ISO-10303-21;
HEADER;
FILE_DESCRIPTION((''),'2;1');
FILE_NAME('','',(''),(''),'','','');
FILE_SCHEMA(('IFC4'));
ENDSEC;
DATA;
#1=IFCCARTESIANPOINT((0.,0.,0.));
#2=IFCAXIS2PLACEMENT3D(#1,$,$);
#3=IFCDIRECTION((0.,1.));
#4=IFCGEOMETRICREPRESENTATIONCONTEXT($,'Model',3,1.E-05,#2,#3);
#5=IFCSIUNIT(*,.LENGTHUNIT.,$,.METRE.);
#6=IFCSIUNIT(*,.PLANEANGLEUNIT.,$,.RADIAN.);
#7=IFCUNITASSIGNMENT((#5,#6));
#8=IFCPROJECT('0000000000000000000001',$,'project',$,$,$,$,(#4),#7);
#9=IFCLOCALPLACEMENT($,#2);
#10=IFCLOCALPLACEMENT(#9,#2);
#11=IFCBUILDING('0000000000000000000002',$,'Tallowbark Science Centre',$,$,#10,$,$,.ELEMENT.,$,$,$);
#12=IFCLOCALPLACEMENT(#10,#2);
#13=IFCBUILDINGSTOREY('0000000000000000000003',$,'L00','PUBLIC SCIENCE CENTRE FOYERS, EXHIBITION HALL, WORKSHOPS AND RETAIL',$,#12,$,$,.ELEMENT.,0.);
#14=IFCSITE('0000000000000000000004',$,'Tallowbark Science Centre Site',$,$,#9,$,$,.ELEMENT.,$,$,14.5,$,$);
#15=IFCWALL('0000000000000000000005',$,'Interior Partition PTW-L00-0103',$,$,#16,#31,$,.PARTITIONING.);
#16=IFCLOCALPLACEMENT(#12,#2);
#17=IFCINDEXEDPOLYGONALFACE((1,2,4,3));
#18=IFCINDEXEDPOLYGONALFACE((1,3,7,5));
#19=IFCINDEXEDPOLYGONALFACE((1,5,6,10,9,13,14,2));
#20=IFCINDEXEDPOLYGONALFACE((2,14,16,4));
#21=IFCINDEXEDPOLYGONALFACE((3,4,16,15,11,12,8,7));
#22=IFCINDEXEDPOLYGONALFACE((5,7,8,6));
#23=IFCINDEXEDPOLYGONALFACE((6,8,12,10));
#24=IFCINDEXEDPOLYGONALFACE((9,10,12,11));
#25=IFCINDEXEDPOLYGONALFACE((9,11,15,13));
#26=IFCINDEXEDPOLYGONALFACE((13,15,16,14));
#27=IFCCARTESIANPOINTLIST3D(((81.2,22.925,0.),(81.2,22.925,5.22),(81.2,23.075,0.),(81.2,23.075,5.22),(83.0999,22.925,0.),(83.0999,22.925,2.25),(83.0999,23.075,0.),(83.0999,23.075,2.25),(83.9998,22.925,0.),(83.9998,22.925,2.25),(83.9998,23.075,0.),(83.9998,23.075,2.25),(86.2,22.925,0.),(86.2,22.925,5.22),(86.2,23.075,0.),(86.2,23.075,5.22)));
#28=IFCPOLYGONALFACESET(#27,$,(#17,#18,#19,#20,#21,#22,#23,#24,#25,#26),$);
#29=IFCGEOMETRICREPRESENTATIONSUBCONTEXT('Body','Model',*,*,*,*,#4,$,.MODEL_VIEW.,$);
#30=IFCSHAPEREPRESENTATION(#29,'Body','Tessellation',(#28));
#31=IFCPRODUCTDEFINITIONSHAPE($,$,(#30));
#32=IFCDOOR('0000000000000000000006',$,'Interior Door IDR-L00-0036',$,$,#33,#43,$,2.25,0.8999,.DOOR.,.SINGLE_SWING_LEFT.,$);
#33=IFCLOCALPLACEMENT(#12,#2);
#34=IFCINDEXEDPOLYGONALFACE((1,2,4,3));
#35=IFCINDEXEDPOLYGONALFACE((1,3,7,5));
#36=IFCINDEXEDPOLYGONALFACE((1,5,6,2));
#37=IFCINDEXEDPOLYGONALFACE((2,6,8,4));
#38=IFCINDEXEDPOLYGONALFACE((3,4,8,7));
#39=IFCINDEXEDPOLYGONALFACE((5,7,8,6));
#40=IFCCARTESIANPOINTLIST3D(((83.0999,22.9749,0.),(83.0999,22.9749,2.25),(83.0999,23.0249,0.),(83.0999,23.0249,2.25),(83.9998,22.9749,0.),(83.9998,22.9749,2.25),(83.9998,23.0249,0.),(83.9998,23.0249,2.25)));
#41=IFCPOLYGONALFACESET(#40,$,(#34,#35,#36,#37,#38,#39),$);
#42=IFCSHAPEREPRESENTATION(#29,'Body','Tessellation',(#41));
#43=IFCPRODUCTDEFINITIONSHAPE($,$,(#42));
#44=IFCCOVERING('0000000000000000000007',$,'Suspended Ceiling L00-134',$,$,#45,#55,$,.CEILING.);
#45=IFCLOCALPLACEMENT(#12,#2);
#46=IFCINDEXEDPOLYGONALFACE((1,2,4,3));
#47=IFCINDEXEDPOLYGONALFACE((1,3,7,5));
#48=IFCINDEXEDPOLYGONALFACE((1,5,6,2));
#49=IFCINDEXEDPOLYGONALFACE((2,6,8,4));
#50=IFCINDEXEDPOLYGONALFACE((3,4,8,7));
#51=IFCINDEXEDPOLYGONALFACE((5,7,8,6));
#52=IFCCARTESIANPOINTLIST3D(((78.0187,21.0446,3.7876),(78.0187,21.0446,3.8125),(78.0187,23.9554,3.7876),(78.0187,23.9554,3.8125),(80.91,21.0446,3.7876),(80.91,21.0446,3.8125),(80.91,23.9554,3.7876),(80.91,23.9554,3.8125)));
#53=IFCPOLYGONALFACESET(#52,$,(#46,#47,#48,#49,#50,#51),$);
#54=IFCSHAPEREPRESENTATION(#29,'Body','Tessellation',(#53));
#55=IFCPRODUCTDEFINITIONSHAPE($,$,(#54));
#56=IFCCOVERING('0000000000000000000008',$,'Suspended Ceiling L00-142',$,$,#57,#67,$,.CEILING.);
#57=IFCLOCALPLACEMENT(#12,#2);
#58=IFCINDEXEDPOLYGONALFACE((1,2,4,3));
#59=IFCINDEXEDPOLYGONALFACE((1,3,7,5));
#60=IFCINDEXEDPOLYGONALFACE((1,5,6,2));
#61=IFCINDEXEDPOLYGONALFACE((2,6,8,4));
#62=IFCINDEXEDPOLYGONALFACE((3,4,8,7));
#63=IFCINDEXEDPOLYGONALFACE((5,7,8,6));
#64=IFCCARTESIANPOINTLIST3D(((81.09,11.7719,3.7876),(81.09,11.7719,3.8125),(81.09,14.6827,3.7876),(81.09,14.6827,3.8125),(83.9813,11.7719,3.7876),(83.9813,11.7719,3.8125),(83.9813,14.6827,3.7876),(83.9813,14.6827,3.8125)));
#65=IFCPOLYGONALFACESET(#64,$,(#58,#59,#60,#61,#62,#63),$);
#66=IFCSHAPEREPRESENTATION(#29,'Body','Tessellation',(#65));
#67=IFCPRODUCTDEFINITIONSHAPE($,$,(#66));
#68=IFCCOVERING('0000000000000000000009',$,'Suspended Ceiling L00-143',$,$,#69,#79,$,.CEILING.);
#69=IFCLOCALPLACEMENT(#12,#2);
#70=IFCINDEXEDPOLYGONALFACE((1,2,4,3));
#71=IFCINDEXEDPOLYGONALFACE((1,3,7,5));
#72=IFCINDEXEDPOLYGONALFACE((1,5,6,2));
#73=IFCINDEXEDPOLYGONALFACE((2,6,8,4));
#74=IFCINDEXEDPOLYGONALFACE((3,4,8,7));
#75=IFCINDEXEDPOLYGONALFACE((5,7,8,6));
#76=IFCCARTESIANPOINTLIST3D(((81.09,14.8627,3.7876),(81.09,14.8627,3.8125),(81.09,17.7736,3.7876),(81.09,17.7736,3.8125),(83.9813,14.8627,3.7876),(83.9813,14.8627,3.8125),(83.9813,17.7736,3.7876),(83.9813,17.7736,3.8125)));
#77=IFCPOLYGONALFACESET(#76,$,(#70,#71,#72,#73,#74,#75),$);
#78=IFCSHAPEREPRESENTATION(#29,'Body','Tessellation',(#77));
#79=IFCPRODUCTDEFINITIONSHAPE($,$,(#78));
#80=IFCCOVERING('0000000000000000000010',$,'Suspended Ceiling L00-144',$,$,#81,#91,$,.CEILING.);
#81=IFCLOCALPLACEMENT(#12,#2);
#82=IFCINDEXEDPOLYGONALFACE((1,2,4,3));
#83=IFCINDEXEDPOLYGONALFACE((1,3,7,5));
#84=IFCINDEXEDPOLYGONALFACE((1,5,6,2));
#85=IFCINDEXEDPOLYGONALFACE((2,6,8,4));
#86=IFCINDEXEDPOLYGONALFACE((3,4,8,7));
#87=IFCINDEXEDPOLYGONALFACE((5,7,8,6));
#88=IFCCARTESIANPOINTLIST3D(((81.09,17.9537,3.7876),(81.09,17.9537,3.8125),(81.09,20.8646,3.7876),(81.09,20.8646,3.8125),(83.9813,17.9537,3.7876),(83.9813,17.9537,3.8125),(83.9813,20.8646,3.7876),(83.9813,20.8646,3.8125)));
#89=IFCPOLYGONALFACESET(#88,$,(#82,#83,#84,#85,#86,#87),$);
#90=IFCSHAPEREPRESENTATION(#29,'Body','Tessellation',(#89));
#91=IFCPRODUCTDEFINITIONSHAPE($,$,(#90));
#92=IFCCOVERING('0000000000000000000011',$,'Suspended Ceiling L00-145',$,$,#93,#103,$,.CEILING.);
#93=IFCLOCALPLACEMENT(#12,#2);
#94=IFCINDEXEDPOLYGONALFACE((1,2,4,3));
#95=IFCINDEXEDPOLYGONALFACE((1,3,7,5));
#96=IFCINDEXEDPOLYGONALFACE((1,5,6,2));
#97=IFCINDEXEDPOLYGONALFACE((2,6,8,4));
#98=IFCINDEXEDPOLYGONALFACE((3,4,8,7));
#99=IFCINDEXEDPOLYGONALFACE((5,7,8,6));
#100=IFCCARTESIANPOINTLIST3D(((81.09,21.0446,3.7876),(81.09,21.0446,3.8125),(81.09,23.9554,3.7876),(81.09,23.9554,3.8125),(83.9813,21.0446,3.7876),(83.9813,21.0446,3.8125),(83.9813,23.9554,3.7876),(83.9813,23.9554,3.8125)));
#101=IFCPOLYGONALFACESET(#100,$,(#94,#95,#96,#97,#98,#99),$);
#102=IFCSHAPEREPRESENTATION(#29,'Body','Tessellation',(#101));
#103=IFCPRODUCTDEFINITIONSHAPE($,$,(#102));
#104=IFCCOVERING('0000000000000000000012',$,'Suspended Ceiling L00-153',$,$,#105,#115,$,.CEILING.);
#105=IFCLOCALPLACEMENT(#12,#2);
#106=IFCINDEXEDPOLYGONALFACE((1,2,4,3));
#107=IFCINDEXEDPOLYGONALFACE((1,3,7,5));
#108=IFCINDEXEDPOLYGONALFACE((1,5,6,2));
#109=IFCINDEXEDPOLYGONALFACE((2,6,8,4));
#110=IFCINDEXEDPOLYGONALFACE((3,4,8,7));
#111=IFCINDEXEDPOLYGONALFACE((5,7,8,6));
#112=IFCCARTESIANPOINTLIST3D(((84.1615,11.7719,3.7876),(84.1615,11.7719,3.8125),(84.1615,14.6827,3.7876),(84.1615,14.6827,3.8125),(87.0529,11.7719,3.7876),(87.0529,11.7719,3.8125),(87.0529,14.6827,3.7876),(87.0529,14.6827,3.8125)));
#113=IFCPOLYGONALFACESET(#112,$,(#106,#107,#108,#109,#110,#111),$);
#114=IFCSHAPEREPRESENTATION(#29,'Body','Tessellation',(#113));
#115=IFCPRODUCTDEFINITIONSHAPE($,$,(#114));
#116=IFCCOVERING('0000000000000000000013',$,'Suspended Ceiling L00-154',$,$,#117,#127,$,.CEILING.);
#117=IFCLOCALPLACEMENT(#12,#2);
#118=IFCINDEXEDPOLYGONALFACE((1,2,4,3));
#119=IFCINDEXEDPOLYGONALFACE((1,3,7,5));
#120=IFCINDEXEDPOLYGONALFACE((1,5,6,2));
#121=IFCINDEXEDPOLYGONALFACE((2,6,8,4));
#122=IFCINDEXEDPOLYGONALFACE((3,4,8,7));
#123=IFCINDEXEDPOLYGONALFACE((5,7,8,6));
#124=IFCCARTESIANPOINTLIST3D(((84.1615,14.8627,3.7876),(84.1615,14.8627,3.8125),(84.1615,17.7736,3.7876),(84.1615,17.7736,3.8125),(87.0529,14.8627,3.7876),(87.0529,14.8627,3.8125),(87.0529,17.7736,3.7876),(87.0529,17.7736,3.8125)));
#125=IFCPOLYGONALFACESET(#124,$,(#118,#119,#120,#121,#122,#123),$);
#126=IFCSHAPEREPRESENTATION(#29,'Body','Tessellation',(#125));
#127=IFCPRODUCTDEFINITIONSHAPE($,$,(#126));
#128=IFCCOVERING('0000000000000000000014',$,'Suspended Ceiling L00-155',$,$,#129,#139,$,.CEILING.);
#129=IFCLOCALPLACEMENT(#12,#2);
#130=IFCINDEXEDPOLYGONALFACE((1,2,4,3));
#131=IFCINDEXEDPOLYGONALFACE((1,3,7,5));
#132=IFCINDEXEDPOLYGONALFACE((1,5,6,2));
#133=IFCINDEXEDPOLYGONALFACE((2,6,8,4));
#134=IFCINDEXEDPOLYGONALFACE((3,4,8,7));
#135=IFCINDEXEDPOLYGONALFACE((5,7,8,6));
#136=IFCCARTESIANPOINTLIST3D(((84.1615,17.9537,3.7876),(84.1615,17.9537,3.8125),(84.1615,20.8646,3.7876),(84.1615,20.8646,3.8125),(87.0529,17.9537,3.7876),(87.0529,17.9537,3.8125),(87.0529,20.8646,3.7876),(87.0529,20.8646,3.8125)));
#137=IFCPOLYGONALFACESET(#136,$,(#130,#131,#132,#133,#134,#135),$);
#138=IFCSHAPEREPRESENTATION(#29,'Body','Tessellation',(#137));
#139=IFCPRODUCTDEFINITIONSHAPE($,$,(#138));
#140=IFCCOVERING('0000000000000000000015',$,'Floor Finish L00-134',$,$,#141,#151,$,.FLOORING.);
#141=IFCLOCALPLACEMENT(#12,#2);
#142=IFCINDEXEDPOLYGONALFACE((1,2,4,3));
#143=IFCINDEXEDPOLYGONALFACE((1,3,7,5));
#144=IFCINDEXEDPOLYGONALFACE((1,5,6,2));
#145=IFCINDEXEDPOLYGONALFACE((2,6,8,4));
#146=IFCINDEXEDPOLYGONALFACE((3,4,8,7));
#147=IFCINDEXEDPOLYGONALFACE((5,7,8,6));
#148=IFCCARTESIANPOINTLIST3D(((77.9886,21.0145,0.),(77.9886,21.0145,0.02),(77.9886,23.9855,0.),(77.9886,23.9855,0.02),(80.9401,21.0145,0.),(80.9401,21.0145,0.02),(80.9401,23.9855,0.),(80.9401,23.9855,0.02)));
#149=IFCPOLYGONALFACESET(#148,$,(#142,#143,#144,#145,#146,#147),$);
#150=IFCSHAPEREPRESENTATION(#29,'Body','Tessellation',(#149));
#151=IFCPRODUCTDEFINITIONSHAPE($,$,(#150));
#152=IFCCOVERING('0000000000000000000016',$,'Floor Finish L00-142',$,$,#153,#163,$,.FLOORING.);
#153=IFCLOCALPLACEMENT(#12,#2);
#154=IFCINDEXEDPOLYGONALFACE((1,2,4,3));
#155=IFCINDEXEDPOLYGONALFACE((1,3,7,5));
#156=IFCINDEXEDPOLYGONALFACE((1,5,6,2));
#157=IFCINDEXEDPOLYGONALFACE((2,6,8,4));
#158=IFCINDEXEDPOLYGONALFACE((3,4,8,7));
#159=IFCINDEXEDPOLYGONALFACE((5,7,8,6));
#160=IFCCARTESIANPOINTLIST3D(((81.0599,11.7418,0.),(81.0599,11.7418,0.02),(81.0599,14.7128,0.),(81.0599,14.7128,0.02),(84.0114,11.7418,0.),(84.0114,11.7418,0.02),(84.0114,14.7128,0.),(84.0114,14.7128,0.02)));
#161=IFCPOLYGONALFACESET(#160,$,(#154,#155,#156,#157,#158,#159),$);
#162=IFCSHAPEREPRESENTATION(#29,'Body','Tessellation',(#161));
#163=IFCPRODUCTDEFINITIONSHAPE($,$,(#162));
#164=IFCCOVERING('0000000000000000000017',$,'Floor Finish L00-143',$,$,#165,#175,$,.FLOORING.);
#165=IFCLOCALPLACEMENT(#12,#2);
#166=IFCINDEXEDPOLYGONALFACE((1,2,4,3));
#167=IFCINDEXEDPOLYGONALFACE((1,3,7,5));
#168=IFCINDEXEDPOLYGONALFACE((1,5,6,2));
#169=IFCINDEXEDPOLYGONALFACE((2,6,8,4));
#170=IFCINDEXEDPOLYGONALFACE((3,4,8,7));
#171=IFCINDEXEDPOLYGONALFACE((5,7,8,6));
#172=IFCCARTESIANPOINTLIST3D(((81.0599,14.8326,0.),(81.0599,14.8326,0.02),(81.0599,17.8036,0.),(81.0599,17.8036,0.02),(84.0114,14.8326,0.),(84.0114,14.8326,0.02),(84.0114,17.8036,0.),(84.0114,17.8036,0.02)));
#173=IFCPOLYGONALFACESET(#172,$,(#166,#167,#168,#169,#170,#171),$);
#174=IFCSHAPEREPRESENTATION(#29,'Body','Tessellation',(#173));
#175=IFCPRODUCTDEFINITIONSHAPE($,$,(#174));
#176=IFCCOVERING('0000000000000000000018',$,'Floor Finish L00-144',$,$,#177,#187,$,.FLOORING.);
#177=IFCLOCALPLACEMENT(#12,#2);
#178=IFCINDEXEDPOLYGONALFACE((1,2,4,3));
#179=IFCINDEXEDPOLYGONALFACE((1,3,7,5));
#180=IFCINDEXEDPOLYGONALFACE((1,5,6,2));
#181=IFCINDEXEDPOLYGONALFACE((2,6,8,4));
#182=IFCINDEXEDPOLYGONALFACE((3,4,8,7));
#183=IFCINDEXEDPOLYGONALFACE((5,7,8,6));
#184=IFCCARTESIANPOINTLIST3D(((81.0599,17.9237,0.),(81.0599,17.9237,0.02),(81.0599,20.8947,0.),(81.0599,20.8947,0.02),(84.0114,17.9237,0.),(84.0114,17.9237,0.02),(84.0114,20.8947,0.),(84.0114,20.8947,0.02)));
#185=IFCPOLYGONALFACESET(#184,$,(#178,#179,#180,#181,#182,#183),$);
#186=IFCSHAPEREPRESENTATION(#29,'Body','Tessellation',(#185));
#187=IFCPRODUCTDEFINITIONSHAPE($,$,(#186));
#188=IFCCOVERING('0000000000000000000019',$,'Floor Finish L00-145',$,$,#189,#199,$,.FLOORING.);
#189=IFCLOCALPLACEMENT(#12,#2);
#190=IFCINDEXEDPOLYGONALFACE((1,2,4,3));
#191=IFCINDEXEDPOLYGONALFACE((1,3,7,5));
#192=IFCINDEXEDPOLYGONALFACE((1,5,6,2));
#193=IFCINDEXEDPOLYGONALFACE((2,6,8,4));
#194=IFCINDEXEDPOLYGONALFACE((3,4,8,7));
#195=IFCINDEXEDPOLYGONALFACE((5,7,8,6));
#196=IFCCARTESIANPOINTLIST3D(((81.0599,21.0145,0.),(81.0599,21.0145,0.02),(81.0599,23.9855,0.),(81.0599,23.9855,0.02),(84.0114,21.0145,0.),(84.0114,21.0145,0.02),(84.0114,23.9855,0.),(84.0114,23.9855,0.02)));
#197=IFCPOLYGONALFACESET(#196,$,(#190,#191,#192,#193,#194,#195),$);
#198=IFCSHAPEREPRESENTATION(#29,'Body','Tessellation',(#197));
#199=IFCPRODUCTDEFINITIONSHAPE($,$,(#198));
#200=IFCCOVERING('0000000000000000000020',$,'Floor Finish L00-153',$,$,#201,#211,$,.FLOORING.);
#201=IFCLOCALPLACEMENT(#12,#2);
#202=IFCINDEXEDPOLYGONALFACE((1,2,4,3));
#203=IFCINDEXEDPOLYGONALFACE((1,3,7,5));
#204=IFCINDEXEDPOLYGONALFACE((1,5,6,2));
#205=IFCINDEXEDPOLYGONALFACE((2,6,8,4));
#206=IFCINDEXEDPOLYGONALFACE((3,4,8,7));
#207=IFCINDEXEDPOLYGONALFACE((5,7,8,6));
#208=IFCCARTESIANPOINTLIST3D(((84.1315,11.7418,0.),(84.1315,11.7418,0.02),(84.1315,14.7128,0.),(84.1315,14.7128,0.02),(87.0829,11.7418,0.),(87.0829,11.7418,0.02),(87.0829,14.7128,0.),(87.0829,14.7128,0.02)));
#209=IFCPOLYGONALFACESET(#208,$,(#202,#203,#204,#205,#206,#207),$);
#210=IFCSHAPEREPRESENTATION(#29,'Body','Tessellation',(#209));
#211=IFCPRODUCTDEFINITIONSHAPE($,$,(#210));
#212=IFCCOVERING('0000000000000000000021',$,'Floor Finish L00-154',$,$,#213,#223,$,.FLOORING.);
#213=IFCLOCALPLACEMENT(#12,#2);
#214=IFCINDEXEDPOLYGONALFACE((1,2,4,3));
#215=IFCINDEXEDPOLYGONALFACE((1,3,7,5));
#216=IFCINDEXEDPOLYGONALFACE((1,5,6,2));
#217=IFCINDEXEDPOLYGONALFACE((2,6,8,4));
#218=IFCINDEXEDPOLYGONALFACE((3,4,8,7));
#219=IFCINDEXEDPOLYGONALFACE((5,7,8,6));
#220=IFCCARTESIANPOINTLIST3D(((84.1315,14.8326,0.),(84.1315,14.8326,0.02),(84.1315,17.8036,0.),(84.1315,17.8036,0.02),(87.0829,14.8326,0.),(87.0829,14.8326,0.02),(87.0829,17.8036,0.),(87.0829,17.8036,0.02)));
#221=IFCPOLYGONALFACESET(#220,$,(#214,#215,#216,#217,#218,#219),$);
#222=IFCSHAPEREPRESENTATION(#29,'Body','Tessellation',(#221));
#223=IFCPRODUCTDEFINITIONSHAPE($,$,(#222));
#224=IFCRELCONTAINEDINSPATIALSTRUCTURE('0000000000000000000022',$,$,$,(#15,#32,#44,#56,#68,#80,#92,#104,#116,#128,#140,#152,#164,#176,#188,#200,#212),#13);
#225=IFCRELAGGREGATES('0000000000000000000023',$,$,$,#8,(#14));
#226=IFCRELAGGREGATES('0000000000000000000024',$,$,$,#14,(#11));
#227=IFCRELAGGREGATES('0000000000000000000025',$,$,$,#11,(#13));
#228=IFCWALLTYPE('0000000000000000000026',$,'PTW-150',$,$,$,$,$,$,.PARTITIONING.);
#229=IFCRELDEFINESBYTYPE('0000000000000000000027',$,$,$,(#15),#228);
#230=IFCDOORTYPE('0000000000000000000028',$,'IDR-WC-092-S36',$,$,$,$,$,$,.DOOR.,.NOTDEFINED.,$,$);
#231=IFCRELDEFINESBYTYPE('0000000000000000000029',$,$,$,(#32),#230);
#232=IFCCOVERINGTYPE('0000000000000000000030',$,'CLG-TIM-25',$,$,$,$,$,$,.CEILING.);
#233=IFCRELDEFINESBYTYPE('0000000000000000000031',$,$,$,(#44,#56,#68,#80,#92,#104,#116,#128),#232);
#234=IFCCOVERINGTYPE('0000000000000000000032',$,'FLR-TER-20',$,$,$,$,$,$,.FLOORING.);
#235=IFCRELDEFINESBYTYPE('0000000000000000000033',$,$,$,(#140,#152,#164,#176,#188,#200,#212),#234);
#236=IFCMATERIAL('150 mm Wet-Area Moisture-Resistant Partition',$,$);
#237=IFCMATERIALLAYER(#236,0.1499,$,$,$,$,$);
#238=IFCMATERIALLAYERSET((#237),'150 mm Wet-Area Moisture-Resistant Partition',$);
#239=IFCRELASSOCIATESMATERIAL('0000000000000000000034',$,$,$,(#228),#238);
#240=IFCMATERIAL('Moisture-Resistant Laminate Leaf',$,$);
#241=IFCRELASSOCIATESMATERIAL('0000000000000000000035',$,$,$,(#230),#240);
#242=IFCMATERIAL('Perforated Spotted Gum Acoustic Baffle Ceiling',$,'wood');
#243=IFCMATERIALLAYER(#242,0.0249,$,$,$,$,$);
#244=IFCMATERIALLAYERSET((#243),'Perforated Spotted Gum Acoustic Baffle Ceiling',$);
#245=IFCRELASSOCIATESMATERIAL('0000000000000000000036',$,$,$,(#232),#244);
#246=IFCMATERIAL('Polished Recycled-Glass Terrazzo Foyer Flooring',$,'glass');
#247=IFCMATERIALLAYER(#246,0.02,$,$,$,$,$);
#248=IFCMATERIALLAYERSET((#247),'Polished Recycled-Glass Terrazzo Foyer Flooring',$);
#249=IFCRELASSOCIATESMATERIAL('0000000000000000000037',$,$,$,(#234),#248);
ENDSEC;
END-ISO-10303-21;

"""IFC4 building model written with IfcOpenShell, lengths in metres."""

from ifc_helpers import new_model, si_unit, direction, frame, frame_2d, origin, origin_2d, place, context, subcontext, project, spatial, rectangle, extrude, material, layer, layer_set, type_object, element, fill, save


model = new_model("IFC4")

# Units and contexts
model_context = context("Model", 3, precision=1e-05, world=origin(), true_north=direction((0.0, 1.0)))
body_context = subcontext(model_context, "Body", "Model", "MODEL_VIEW")
ifc_project = project(units=[si_unit("LENGTHUNIT", "METRE"), si_unit("PLANEANGLEUNIT", "RADIAN")], contexts=[model_context])

# Site, building, storey
site_placement = place(None, origin())
site = spatial("IfcSite", under=ifc_project, at=site_placement, Name="Tallowbark Science Centre Site", CompositionType="ELEMENT", RefElevation=14.5)
building_placement = place(site_placement, origin())
building = spatial("IfcBuilding", under=site, at=building_placement, Name="Tallowbark Science Centre", CompositionType="ELEMENT")
storey_placement = place(building_placement, origin())
storey = spatial("IfcBuildingStorey", under=building, at=storey_placement, Name="L00", Description="PUBLIC SCIENCE CENTRE FOYERS, EXHIBITION HALL, WORKSHOPS AND RETAIL", CompositionType="ELEMENT", Elevation=0.0)

# Wall, opening, door
ifc_material_1 = material(Name="150 mm Wet-Area Moisture-Resistant Partition")
ifc_layer_1 = layer(ifc_material_1, 0.1499)
ifc_layer_set_1 = layer_set([ifc_layer_1], Name="150 mm Wet-Area Moisture-Resistant Partition")
wall_type = type_object("IfcWallType", Name="PTW-150", PredefinedType="PARTITIONING", material=ifc_layer_set_1)
wall_placement = place(storey_placement, frame((81.2, 23.0, 0.0), z_axis=(0.0, 0.0, 1.0), x_axis=(1.0, 0.0, 0.0)))
wall = element("IfcWall", 1, at=wall_placement, inside=storey, type_object=wall_type, Name="Interior Partition PTW-L00-0103", PredefinedType="PARTITIONING", context=body_context, shape_type="SweptSolid", body=[
    extrude(rectangle(XDim=5.0, YDim=0.1499, at=frame_2d((2.5, 0.0))), origin(), (0.0, 0.0, 1.0), 5.22),
])
opening_placement = place(wall_placement, frame((1.8999, 0.0, 0.0)))
opening = element("IfcOpeningElement", 2, at=opening_placement, cuts=wall, PredefinedType="OPENING", context=body_context, shape_type="SweptSolid", body=[
    extrude(rectangle(XDim=0.8999, YDim=2.25, at=frame_2d((0.45, 1.125))), frame((0.0, 0.085, 0.0), z_axis=(0.0, -1.0, 0.0), x_axis=(1.0, 0.0, 0.0)), (0.0, 0.0, 1.0), 0.1699),
])
ifc_material_2 = material(Name="Moisture-Resistant Laminate Leaf")
door_type = type_object("IfcDoorType", Name="IDR-WC-092-S36", OperationType="NOTDEFINED", PredefinedType="DOOR", material=ifc_material_2)
door_placement = place(opening_placement, origin())
door = element("IfcDoor", 3, at=door_placement, inside=storey, type_object=door_type, Name="Interior Door IDR-L00-0036", OperationType="SINGLE_SWING_LEFT", OverallHeight=2.25, OverallWidth=0.8999, PredefinedType="DOOR", context=body_context, shape_type="SweptSolid", body=[
    extrude(rectangle(XDim=0.8999, YDim=2.25, at=frame_2d((0.45, 1.125))), frame((0.0, 0.0249, 0.0), z_axis=(0.0, -1.0, 0.0), x_axis=(1.0, 0.0, 0.0)), (0.0, 0.0, 1.0), 0.05),
])
fill(opening, door)

# Coverings
ifc_material_3 = material(Name="Perforated Spotted Gum Acoustic Baffle Ceiling", Category="wood")
ifc_layer_2 = layer(ifc_material_3, 0.0249)
ifc_layer_set_2 = layer_set([ifc_layer_2], Name="Perforated Spotted Gum Acoustic Baffle Ceiling")
covering_type_1 = type_object("IfcCoveringType", Name="CLG-TIM-25", PredefinedType="CEILING", material=ifc_layer_set_2)
for number, where, z_axis, x_axis, name in (
    (4, (79.4644, 22.5, 3.7876), (0.0, 0.0, 1.0), (1.0, 0.0, 0.0), "Suspended Ceiling L00-134"),
    (5, (82.5356, 13.2273, 3.7876), (0.0, 0.0, 1.0), (1.0, 0.0, 0.0), "Suspended Ceiling L00-142"),
    (6, (82.5356, 16.3181, 3.7876), (0.0, 0.0, 1.0), (1.0, 0.0, 0.0), "Suspended Ceiling L00-143"),
    (7, (82.5356, 19.4092, 3.7876), (0.0, 0.0, 1.0), (1.0, 0.0, 0.0), "Suspended Ceiling L00-144"),
    (8, (82.5356, 22.5, 3.7876), (0.0, 0.0, 1.0), (1.0, 0.0, 0.0), "Suspended Ceiling L00-145"),
    (9, (85.6072, 13.2273, 3.7876), (0.0, 0.0, 1.0), (1.0, 0.0, 0.0), "Suspended Ceiling L00-153"),
    (10, (85.6072, 16.3181, 3.7876), (0.0, 0.0, 1.0), (1.0, 0.0, 0.0), "Suspended Ceiling L00-154"),
    (11, (85.6072, 19.4092, 3.7876), (0.0, 0.0, 1.0), (1.0, 0.0, 0.0), "Suspended Ceiling L00-155"),
):
    element("IfcCovering", number, at=place(storey_placement, frame(where, z_axis=z_axis, x_axis=x_axis)), inside=storey, type_object=covering_type_1, Name=name, PredefinedType="CEILING", context=body_context, shape_type="SweptSolid", body=[
        extrude(rectangle(XDim=2.8914, YDim=2.9109, at=origin_2d()), origin(), (0.0, 0.0, 1.0), 0.0249),
    ])
ifc_material_4 = material(Name="Polished Recycled-Glass Terrazzo Foyer Flooring", Category="glass")
ifc_layer_3 = layer(ifc_material_4, 0.02)
ifc_layer_set_3 = layer_set([ifc_layer_3], Name="Polished Recycled-Glass Terrazzo Foyer Flooring")
covering_type_2 = type_object("IfcCoveringType", Name="FLR-TER-20", PredefinedType="FLOORING", material=ifc_layer_set_3)
for number, where, z_axis, x_axis, name in (
    (12, (79.4644, 22.5, 0.0), (0.0, 0.0, 1.0), (1.0, 0.0, 0.0), "Floor Finish L00-134"),
    (13, (82.5356, 13.2273, 0.0), (0.0, 0.0, 1.0), (1.0, 0.0, 0.0), "Floor Finish L00-142"),
    (14, (82.5356, 16.3181, 0.0), (0.0, 0.0, 1.0), (1.0, 0.0, 0.0), "Floor Finish L00-143"),
    (15, (82.5356, 19.4092, 0.0), (0.0, 0.0, 1.0), (1.0, 0.0, 0.0), "Floor Finish L00-144"),
    (16, (82.5356, 22.5, 0.0), (0.0, 0.0, 1.0), (1.0, 0.0, 0.0), "Floor Finish L00-145"),
    (17, (85.6072, 13.2273, 0.0), (0.0, 0.0, 1.0), (1.0, 0.0, 0.0), "Floor Finish L00-153"),
    (18, (85.6072, 16.3181, 0.0), (0.0, 0.0, 1.0), (1.0, 0.0, 0.0), "Floor Finish L00-154"),
):
    element("IfcCovering", number, at=place(storey_placement, frame(where, z_axis=z_axis, x_axis=x_axis)), inside=storey, type_object=covering_type_2, Name=name, PredefinedType="FLOORING", context=body_context, shape_type="SweptSolid", body=[
        extrude(rectangle(XDim=2.9514, YDim=2.9709, at=origin_2d()), origin(), (0.0, 0.0, 1.0), 0.02),
    ])

save(model, "model.ifc")
